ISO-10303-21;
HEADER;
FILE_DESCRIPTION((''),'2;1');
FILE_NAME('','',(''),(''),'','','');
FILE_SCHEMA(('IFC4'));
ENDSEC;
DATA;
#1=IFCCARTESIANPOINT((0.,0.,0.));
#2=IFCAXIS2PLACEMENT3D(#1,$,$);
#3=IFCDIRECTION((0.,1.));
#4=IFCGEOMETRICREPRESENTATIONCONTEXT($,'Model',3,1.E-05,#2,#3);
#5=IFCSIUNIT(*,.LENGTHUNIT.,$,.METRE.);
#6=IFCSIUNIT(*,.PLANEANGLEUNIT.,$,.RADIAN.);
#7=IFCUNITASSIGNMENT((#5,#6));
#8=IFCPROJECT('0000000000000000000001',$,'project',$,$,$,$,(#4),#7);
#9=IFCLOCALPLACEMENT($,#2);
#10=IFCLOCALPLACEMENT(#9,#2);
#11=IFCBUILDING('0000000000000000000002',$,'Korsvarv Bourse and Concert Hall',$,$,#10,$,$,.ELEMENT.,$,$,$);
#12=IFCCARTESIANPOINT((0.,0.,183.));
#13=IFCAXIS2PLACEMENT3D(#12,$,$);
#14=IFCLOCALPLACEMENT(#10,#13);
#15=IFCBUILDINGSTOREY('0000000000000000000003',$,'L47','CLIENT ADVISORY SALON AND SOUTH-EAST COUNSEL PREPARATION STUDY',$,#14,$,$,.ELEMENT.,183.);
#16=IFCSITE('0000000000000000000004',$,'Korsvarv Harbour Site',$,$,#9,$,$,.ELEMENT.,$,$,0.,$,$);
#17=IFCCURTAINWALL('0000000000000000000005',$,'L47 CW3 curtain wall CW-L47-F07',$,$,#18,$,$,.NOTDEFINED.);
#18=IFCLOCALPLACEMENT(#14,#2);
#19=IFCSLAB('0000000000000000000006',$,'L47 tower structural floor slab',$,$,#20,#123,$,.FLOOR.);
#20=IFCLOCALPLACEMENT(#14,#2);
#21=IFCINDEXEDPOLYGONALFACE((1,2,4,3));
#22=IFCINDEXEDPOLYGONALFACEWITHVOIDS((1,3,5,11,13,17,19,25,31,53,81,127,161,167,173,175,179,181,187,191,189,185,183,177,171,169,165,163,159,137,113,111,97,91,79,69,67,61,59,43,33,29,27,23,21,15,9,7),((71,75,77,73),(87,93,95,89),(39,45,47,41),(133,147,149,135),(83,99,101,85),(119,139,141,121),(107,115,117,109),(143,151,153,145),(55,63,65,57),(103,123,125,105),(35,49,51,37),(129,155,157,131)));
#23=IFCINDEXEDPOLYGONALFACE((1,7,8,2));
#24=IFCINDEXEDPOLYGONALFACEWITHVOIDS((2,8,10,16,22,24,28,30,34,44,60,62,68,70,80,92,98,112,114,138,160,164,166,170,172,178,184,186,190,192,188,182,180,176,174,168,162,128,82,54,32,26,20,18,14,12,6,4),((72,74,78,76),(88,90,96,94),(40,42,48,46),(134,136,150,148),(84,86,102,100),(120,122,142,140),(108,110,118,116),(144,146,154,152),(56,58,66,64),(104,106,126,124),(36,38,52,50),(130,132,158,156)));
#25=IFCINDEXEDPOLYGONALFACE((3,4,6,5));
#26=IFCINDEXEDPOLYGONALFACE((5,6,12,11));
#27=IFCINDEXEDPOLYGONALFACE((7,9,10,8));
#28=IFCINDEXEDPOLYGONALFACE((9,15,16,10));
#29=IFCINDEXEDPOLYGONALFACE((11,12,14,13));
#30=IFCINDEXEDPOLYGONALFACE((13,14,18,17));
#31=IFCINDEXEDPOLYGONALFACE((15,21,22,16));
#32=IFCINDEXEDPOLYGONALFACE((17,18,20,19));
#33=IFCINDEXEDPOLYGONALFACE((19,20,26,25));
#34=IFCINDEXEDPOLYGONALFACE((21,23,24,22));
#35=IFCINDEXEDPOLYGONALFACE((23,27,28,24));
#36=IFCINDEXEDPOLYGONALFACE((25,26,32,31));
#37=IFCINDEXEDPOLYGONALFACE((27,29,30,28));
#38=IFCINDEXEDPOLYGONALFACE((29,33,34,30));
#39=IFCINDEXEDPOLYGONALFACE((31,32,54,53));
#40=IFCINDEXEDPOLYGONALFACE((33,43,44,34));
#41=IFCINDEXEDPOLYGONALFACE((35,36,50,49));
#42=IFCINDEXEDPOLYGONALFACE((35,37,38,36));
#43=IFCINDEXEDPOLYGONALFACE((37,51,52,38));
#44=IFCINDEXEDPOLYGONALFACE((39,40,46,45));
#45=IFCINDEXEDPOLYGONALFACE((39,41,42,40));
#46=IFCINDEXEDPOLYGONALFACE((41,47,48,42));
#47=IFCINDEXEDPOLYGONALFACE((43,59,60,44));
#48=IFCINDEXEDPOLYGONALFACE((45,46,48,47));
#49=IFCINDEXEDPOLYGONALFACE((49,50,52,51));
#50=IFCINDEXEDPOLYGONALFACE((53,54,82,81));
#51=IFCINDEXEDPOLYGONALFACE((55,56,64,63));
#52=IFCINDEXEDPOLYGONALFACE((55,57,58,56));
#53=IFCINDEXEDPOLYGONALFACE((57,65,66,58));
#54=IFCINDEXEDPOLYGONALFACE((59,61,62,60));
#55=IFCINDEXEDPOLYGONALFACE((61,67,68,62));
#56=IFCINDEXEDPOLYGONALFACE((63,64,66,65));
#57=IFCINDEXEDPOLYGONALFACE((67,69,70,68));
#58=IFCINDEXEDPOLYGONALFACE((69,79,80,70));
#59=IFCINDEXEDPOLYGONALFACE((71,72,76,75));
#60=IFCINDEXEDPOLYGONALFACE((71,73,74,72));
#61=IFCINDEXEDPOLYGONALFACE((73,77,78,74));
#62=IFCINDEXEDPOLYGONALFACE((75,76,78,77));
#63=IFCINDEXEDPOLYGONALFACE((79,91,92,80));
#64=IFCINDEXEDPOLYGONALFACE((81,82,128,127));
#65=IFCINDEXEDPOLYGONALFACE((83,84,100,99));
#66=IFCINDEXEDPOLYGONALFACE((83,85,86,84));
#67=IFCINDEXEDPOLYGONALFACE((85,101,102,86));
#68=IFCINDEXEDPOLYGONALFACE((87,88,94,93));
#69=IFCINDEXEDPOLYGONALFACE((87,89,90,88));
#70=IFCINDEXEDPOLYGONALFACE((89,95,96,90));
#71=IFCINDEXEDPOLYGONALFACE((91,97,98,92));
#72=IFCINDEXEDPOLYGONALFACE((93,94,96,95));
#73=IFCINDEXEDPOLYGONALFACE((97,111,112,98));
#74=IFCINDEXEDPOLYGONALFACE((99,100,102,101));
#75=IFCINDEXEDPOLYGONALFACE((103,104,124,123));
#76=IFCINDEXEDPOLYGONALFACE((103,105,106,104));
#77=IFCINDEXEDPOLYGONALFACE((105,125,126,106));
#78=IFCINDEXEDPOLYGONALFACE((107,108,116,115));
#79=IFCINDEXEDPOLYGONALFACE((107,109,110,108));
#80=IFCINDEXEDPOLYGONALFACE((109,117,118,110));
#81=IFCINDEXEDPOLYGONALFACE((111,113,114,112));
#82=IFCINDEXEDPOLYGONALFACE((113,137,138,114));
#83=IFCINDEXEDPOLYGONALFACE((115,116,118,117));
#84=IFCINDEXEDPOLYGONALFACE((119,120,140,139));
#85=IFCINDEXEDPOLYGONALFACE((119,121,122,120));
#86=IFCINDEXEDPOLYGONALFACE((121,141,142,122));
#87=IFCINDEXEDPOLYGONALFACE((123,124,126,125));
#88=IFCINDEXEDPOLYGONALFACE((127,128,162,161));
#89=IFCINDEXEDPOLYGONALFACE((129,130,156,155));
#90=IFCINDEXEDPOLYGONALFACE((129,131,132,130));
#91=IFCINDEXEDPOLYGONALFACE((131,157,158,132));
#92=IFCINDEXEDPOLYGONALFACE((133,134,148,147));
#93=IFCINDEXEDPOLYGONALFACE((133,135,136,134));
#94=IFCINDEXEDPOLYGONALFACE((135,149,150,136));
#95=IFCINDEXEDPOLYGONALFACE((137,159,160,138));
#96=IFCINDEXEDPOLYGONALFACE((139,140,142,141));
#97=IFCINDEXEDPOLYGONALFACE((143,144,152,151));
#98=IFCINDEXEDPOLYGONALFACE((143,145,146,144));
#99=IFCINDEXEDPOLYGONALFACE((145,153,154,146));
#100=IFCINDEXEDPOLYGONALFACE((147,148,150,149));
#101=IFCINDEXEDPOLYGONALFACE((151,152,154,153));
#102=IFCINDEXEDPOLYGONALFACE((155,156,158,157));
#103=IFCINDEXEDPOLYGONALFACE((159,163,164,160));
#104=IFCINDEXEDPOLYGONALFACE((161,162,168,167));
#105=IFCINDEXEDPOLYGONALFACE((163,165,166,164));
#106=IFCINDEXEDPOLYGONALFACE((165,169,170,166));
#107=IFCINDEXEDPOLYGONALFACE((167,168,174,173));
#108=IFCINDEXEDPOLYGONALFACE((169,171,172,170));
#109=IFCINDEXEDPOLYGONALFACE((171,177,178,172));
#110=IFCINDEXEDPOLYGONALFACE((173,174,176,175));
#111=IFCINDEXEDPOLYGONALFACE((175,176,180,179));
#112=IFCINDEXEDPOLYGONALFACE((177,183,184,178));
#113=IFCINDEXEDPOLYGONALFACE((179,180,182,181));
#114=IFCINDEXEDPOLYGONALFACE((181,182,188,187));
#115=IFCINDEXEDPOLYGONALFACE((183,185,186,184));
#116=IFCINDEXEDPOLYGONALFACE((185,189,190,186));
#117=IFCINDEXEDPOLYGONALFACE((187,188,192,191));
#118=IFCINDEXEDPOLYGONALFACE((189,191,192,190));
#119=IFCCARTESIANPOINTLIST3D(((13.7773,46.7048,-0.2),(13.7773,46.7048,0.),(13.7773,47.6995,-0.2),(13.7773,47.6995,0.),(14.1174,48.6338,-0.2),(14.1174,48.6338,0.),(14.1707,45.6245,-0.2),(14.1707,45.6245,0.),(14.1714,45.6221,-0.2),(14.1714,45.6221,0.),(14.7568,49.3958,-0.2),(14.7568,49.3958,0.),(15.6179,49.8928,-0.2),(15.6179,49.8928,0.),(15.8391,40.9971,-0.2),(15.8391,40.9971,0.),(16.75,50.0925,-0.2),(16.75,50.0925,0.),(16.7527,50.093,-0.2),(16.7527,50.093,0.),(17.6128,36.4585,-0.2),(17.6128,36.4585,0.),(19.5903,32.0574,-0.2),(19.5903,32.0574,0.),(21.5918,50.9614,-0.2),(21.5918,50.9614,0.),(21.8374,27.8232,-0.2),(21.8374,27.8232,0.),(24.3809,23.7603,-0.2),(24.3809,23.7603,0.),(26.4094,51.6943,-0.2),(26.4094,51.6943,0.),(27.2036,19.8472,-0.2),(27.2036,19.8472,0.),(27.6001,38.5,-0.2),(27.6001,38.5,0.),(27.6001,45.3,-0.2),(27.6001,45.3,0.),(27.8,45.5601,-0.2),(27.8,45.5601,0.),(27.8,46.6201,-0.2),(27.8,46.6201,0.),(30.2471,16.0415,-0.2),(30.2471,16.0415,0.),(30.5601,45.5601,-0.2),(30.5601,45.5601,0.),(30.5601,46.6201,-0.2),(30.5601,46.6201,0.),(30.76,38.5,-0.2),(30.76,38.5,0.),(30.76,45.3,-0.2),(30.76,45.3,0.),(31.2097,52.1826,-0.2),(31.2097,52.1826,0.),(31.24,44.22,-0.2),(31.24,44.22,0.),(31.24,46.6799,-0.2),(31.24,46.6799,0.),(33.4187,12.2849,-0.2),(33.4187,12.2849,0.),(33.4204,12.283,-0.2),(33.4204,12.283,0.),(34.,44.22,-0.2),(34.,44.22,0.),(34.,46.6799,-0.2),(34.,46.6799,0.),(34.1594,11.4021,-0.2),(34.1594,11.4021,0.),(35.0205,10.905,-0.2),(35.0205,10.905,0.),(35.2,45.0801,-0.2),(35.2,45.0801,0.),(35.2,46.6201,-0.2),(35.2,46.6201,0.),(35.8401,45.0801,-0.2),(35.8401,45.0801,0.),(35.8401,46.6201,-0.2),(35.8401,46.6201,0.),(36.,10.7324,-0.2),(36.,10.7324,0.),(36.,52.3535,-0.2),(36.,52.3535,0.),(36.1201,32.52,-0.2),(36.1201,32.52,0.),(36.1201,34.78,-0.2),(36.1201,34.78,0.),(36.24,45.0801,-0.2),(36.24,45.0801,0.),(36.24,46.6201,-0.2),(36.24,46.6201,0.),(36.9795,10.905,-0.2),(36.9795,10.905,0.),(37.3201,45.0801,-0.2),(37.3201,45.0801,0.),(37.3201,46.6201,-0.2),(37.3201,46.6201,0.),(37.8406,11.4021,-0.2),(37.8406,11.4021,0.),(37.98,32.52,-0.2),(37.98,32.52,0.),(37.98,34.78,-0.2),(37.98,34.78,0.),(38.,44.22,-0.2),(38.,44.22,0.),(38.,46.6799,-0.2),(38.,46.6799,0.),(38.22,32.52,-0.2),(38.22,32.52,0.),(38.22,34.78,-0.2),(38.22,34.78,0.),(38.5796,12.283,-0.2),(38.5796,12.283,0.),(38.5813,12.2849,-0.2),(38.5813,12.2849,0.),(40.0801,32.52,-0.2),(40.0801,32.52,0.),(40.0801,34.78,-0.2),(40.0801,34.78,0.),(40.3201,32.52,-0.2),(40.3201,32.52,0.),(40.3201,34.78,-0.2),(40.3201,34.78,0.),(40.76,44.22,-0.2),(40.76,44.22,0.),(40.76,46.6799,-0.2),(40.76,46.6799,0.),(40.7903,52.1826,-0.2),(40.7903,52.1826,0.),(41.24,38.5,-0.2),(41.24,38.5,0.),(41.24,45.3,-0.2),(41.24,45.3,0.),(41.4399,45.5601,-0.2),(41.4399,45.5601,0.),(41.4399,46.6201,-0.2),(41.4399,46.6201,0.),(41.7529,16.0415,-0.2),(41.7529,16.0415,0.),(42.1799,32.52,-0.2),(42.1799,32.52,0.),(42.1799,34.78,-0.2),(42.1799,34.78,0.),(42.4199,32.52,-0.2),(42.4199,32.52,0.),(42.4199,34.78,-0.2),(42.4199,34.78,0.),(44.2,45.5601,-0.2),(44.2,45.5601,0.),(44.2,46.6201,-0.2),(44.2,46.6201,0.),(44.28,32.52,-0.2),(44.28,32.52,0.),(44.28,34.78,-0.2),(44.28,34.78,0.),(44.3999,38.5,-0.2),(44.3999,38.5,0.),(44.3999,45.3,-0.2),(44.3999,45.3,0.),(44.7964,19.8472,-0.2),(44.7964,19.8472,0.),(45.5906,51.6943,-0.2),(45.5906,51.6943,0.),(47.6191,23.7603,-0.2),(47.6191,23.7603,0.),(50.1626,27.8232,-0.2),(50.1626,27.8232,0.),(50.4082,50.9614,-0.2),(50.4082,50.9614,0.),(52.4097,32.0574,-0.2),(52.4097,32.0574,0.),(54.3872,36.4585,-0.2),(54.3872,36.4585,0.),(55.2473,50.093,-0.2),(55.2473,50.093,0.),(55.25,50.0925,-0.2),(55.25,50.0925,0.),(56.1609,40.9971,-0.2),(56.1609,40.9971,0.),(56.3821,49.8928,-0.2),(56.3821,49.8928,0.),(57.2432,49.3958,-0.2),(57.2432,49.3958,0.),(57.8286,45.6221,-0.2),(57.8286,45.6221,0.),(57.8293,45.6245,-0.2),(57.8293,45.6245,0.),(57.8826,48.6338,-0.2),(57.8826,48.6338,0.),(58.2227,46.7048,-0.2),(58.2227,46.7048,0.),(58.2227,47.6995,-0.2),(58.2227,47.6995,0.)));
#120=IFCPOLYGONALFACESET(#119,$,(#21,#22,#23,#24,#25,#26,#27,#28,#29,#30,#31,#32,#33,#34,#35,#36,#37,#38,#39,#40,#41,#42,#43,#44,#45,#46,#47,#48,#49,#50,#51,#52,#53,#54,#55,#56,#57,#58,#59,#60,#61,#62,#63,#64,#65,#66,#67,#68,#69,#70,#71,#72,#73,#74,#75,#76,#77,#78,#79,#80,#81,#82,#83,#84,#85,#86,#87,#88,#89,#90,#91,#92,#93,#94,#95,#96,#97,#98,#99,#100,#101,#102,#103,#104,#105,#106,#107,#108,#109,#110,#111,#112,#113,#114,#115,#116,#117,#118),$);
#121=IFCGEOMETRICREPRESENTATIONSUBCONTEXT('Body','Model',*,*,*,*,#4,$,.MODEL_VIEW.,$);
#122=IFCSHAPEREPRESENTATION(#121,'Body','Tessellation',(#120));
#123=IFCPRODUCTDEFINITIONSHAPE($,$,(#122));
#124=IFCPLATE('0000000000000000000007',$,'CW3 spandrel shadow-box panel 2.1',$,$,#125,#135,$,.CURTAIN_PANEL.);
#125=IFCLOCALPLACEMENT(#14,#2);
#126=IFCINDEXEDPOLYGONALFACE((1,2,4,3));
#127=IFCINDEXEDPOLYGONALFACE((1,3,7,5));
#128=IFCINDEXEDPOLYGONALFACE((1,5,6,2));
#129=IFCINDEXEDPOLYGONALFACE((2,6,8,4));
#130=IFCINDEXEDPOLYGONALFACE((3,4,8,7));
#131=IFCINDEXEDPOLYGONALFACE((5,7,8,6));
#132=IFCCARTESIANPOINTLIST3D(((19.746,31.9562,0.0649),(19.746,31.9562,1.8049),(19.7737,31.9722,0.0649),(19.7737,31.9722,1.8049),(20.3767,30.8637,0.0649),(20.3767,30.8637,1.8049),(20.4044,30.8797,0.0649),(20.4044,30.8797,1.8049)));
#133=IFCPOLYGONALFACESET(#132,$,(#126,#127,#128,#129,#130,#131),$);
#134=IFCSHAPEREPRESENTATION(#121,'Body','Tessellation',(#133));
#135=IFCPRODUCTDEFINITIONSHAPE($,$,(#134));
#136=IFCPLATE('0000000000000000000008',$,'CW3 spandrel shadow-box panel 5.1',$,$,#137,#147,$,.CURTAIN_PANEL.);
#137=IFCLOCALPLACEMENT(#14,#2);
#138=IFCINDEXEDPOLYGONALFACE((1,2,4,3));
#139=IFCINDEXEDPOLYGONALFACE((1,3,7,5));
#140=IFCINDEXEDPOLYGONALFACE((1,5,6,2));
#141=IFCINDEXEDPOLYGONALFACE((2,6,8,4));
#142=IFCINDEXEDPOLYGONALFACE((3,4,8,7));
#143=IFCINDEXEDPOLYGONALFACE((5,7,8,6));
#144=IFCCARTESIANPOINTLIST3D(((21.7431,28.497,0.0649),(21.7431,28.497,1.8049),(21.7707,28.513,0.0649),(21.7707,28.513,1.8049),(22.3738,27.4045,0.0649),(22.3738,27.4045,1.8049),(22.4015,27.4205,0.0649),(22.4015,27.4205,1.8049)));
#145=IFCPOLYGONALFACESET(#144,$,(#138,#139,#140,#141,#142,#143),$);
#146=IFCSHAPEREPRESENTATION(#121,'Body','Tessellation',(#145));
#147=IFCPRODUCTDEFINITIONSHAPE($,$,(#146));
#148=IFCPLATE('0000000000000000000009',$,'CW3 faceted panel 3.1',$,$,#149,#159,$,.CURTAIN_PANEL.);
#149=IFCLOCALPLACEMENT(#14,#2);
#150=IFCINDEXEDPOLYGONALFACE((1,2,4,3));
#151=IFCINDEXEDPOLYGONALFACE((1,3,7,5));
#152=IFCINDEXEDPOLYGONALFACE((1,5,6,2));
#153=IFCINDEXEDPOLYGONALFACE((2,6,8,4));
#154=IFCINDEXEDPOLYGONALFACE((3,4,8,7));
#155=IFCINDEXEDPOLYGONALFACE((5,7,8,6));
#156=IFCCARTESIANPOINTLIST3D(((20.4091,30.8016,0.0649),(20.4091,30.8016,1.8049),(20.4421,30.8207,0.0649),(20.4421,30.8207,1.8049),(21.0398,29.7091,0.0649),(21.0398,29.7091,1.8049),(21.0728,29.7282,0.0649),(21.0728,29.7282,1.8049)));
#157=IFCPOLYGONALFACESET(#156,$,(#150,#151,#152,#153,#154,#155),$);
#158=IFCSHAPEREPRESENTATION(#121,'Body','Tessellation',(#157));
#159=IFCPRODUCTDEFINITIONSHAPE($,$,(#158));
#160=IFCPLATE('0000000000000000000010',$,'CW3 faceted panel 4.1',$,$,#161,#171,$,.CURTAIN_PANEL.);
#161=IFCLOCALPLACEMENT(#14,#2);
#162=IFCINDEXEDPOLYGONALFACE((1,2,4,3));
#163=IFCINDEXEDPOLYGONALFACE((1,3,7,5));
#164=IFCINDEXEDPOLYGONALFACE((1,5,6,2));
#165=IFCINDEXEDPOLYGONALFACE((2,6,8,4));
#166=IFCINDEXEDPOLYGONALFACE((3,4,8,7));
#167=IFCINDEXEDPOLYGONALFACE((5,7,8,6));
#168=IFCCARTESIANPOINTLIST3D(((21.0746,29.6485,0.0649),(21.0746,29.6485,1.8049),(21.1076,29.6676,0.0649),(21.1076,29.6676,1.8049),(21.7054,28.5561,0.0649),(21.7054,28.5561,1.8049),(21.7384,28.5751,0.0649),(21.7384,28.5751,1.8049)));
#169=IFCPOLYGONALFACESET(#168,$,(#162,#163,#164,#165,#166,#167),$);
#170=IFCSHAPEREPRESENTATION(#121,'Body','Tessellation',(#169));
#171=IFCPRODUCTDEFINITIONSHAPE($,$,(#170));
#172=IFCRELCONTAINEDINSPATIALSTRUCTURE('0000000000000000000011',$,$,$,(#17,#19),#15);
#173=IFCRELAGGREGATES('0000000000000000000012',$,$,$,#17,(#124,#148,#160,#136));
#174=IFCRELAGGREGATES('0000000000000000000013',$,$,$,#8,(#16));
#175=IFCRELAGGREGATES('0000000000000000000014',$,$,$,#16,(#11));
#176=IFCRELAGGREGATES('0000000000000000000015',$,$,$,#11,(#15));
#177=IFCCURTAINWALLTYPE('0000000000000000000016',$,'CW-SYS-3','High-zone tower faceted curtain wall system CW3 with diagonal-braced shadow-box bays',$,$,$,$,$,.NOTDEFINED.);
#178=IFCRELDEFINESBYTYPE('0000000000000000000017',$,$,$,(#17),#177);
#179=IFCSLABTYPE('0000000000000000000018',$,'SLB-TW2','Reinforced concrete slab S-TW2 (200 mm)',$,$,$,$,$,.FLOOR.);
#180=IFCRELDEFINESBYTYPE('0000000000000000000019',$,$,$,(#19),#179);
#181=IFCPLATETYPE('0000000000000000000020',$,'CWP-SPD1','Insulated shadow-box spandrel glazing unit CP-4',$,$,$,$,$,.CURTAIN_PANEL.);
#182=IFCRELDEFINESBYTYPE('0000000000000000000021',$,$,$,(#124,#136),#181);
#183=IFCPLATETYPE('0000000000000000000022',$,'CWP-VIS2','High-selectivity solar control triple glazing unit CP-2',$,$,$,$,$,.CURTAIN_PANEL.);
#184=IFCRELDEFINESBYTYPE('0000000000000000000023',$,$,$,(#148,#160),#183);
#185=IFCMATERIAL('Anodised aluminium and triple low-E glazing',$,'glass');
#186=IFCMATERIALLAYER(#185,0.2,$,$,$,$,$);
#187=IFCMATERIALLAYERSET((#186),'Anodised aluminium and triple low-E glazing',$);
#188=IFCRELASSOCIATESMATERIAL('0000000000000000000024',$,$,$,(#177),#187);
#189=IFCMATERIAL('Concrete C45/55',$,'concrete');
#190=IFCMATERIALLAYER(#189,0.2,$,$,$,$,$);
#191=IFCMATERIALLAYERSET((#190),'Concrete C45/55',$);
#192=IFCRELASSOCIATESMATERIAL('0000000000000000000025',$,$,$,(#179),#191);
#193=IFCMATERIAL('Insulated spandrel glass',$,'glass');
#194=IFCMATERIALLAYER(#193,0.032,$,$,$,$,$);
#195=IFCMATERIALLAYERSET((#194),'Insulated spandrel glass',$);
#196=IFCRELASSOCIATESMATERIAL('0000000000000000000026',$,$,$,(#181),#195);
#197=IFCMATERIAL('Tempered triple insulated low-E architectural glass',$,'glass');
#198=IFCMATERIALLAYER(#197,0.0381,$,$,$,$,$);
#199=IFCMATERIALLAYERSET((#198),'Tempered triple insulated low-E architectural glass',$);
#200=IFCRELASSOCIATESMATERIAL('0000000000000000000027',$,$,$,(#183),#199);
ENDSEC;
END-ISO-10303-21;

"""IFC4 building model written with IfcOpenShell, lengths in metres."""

from ifc_helpers import new_model, si_unit, direction, frame, origin, origin_2d, place, context, subcontext, project, spatial, polyline, rectangle, outline, extrude, source, transform, mapped, material, layer, layer_set, type_object, element, aggregate, save


model = new_model("IFC4")

# Units and contexts
model_context = context("Model", 3, precision=1e-05, world=origin(), true_north=direction((0.0, 1.0)))
body_context = subcontext(model_context, "Body", "Model", "MODEL_VIEW")
ifc_project = project(units=[si_unit("LENGTHUNIT", "METRE"), si_unit("PLANEANGLEUNIT", "RADIAN")], contexts=[model_context])

# Site, building, storey
site_placement = place(None, origin())
site = spatial("IfcSite", under=ifc_project, at=site_placement, Name="Korsvarv Harbour Site", CompositionType="ELEMENT", RefElevation=0.0)
building_placement = place(site_placement, origin())
building = spatial("IfcBuilding", under=site, at=building_placement, Name="Korsvarv Bourse and Concert Hall", CompositionType="ELEMENT")
storey_placement = place(building_placement, frame((0.0, 0.0, 183.0)))
storey = spatial("IfcBuildingStorey", under=building, at=storey_placement, Name="L47", Description="CLIENT ADVISORY SALON AND SOUTH-EAST COUNSEL PREPARATION STUDY", CompositionType="ELEMENT", Elevation=183.0)

# Curtain wall
ifc_material_1 = material(Name="Anodised aluminium and triple low-E glazing", Category="glass")
ifc_layer_1 = layer(ifc_material_1, 0.2)
ifc_layer_set_1 = layer_set([ifc_layer_1], Name="Anodised aluminium and triple low-E glazing")
curtain_wall_type = type_object("IfcCurtainWallType", Name="CW-SYS-3", Description="High-zone tower faceted curtain wall system CW3 with diagonal-braced shadow-box bays", PredefinedType="NOTDEFINED", material=ifc_layer_set_1)
curtain_wall_placement = place(storey_placement, origin())
curtain_wall = element("IfcCurtainWall", 1, at=curtain_wall_placement, inside=storey, type_object=curtain_wall_type, Name="L47 CW3 curtain wall CW-L47-F07", PredefinedType="NOTDEFINED")

# Slab
ifc_material_2 = material(Name="Concrete C45/55", Category="concrete")
ifc_layer_2 = layer(ifc_material_2, 0.2)
ifc_layer_set_2 = layer_set([ifc_layer_2], Name="Concrete C45/55")
slab_type_1 = type_object("IfcSlabType", Name="SLB-TW2", Description="Reinforced concrete slab S-TW2 (200 mm)", PredefinedType="FLOOR", material=ifc_layer_set_2)
slab_1_placement = place(storey_placement, frame((0.0, 0.0, -0.2)))
element("IfcSlab", 2, at=slab_1_placement, inside=storey, type_object=slab_type_1, Name="L47 tower structural floor slab", PredefinedType="FLOOR", context=body_context, shape_type="SweptSolid", body=[
    extrude(outline(polyline([(57.8286, 45.6221), (56.1609, 40.9971), (54.3872, 36.4585), (52.4097, 32.0574), (50.1626, 27.8232), (47.6191, 23.7603), (44.7964, 19.8472), (41.7529, 16.0415), (38.5813, 12.2849), (38.5796, 12.283), (37.8406, 11.4021), (36.9795, 10.905), (36.0, 10.7324), (35.0205, 10.905), (34.1594, 11.4021), (33.4204, 12.283), (33.4187, 12.2849), (30.2471, 16.0415), (27.2036, 19.8472), (24.3809, 23.7603), (21.8374, 27.8232), (19.5903, 32.0574), (17.6128, 36.4585), (15.8391, 40.9971), (14.1714, 45.6221), (14.1707, 45.6245), (13.7773, 46.7048), (13.7773, 47.6995), (14.1174, 48.6338), (14.7568, 49.3958), (15.6179, 49.8928), (16.75, 50.0925), (16.7527, 50.093), (21.5918, 50.9614), (26.4094, 51.6943), (31.2097, 52.1826), (36.0, 52.3535), (40.7903, 52.1826), (45.5906, 51.6943), (50.4082, 50.9614), (55.2473, 50.093), (55.25, 50.0925), (56.3821, 49.8928), (57.2432, 49.3958), (57.8826, 48.6338), (58.2227, 47.6995), (58.2227, 46.7048), (57.8293, 45.6245), (57.8286, 45.6221)]), holes=[polyline([(30.76, 38.5), (30.76, 45.3), (27.6001, 45.3), (27.6001, 38.5), (30.76, 38.5)]), polyline([(44.3999, 38.5), (44.3999, 45.3), (41.24, 45.3), (41.24, 38.5), (44.3999, 38.5)]), polyline([(31.24, 44.22), (34.0, 44.22), (34.0, 46.6799), (31.24, 46.6799), (31.24, 44.22)]), polyline([(38.0, 44.22), (40.76, 44.22), (40.76, 46.6799), (38.0, 46.6799), (38.0, 44.22)]), polyline([(36.1201, 32.52), (37.98, 32.52), (37.98, 34.78), (36.1201, 34.78), (36.1201, 32.52)]), polyline([(38.22, 32.52), (40.0801, 32.52), (40.0801, 34.78), (38.22, 34.78), (38.22, 32.52)]), polyline([(40.3201, 32.52), (42.1799, 32.52), (42.1799, 34.78), (40.3201, 34.78), (40.3201, 32.52)]), polyline([(42.4199, 32.52), (44.28, 32.52), (44.28, 34.78), (42.4199, 34.78), (42.4199, 32.52)]), polyline([(27.8, 45.5601), (30.5601, 45.5601), (30.5601, 46.6201), (27.8, 46.6201), (27.8, 45.5601)]), polyline([(41.4399, 45.5601), (44.2, 45.5601), (44.2, 46.6201), (41.4399, 46.6201), (41.4399, 45.5601)]), polyline([(35.2, 45.0801), (35.8401, 45.0801), (35.8401, 46.6201), (35.2, 46.6201), (35.2, 45.0801)]), polyline([(36.24, 45.0801), (37.3201, 45.0801), (37.3201, 46.6201), (36.24, 46.6201), (36.24, 45.0801)])]), origin(), (0.0, 0.0, 1.0), 0.2),
])

# Plates
ifc_material_3 = material(Name="Insulated spandrel glass", Category="glass")
ifc_layer_3 = layer(ifc_material_3, 0.032)
ifc_layer_set_3 = layer_set([ifc_layer_3], Name="Insulated spandrel glass")
plate_type_1 = type_object("IfcPlateType", Name="CWP-SPD1", Description="Insulated shadow-box spandrel glazing unit CP-4", PredefinedType="CURTAIN_PANEL", material=ifc_layer_set_3)
shared_shape_1 = source(origin(), body_context, "Body", "SweptSolid", [
    extrude(rectangle(XDim=1.2615, YDim=0.032, at=origin_2d()), origin(), (0.0, 0.0, 1.0), 1.74),
])
plate_1_placement = place(storey_placement, frame((20.0752, 31.418, 0.0649), z_axis=(0.0, 0.0, 1.0), x_axis=(0.499994, -0.866029, 0.0)))
plate_1 = element("IfcPlate", 3, at=plate_1_placement, type_object=plate_type_1, Name="CW3 spandrel shadow-box panel 2.1", PredefinedType="CURTAIN_PANEL", context=body_context, shape_type="MappedRepresentation", body=[
    mapped(shared_shape_1, transform((0.0, 0.0, 0.0), scale=1.0)),
])
plate_2_placement = place(storey_placement, frame((22.0723, 27.9587, 0.0649), z_axis=(0.0, 0.0, 1.0), x_axis=(0.499994, -0.866029, 0.0)))
plate_2 = element("IfcPlate", 4, at=plate_2_placement, type_object=plate_type_1, Name="CW3 spandrel shadow-box panel 5.1", PredefinedType="CURTAIN_PANEL", context=body_context, shape_type="MappedRepresentation", body=[
    mapped(shared_shape_1, transform((0.0, 0.0, 0.0), scale=1.0)),
])
ifc_material_4 = material(Name="Tempered triple insulated low-E architectural glass", Category="glass")
ifc_layer_4 = layer(ifc_material_4, 0.0381)
ifc_layer_set_4 = layer_set([ifc_layer_4], Name="Tempered triple insulated low-E architectural glass")
plate_type_2 = type_object("IfcPlateType", Name="CWP-VIS2", Description="High-selectivity solar control triple glazing unit CP-2", PredefinedType="CURTAIN_PANEL", material=ifc_layer_set_4)
shared_shape_2 = source(origin(), body_context, "Body", "SweptSolid", [
    extrude(rectangle(XDim=1.2615, YDim=0.0381, at=origin_2d()), origin(), (0.0, 0.0, 1.0), 1.74),
])
plate_3_placement = place(storey_placement, frame((20.741, 30.2649, 0.0649), z_axis=(0.0, 0.0, 1.0), x_axis=(0.499994, -0.866029, 0.0)))
plate_3 = element("IfcPlate", 5, at=plate_3_placement, type_object=plate_type_2, Name="CW3 faceted panel 3.1", PredefinedType="CURTAIN_PANEL", context=body_context, shape_type="MappedRepresentation", body=[
    mapped(shared_shape_2, transform((0.0, 0.0, 0.0), scale=1.0)),
])
plate_4_placement = place(storey_placement, frame((21.4065, 29.1118, 0.0649), z_axis=(0.0, 0.0, 1.0), x_axis=(0.499994, -0.866029, 0.0)))
plate_4 = element("IfcPlate", 6, at=plate_4_placement, type_object=plate_type_2, Name="CW3 faceted panel 4.1", PredefinedType="CURTAIN_PANEL", context=body_context, shape_type="MappedRepresentation", body=[
    mapped(shared_shape_2, transform((0.0, 0.0, 0.0), scale=1.0)),
])
aggregate(curtain_wall, [plate_1, plate_3, plate_4, plate_2])

save(model, "model.ifc")
